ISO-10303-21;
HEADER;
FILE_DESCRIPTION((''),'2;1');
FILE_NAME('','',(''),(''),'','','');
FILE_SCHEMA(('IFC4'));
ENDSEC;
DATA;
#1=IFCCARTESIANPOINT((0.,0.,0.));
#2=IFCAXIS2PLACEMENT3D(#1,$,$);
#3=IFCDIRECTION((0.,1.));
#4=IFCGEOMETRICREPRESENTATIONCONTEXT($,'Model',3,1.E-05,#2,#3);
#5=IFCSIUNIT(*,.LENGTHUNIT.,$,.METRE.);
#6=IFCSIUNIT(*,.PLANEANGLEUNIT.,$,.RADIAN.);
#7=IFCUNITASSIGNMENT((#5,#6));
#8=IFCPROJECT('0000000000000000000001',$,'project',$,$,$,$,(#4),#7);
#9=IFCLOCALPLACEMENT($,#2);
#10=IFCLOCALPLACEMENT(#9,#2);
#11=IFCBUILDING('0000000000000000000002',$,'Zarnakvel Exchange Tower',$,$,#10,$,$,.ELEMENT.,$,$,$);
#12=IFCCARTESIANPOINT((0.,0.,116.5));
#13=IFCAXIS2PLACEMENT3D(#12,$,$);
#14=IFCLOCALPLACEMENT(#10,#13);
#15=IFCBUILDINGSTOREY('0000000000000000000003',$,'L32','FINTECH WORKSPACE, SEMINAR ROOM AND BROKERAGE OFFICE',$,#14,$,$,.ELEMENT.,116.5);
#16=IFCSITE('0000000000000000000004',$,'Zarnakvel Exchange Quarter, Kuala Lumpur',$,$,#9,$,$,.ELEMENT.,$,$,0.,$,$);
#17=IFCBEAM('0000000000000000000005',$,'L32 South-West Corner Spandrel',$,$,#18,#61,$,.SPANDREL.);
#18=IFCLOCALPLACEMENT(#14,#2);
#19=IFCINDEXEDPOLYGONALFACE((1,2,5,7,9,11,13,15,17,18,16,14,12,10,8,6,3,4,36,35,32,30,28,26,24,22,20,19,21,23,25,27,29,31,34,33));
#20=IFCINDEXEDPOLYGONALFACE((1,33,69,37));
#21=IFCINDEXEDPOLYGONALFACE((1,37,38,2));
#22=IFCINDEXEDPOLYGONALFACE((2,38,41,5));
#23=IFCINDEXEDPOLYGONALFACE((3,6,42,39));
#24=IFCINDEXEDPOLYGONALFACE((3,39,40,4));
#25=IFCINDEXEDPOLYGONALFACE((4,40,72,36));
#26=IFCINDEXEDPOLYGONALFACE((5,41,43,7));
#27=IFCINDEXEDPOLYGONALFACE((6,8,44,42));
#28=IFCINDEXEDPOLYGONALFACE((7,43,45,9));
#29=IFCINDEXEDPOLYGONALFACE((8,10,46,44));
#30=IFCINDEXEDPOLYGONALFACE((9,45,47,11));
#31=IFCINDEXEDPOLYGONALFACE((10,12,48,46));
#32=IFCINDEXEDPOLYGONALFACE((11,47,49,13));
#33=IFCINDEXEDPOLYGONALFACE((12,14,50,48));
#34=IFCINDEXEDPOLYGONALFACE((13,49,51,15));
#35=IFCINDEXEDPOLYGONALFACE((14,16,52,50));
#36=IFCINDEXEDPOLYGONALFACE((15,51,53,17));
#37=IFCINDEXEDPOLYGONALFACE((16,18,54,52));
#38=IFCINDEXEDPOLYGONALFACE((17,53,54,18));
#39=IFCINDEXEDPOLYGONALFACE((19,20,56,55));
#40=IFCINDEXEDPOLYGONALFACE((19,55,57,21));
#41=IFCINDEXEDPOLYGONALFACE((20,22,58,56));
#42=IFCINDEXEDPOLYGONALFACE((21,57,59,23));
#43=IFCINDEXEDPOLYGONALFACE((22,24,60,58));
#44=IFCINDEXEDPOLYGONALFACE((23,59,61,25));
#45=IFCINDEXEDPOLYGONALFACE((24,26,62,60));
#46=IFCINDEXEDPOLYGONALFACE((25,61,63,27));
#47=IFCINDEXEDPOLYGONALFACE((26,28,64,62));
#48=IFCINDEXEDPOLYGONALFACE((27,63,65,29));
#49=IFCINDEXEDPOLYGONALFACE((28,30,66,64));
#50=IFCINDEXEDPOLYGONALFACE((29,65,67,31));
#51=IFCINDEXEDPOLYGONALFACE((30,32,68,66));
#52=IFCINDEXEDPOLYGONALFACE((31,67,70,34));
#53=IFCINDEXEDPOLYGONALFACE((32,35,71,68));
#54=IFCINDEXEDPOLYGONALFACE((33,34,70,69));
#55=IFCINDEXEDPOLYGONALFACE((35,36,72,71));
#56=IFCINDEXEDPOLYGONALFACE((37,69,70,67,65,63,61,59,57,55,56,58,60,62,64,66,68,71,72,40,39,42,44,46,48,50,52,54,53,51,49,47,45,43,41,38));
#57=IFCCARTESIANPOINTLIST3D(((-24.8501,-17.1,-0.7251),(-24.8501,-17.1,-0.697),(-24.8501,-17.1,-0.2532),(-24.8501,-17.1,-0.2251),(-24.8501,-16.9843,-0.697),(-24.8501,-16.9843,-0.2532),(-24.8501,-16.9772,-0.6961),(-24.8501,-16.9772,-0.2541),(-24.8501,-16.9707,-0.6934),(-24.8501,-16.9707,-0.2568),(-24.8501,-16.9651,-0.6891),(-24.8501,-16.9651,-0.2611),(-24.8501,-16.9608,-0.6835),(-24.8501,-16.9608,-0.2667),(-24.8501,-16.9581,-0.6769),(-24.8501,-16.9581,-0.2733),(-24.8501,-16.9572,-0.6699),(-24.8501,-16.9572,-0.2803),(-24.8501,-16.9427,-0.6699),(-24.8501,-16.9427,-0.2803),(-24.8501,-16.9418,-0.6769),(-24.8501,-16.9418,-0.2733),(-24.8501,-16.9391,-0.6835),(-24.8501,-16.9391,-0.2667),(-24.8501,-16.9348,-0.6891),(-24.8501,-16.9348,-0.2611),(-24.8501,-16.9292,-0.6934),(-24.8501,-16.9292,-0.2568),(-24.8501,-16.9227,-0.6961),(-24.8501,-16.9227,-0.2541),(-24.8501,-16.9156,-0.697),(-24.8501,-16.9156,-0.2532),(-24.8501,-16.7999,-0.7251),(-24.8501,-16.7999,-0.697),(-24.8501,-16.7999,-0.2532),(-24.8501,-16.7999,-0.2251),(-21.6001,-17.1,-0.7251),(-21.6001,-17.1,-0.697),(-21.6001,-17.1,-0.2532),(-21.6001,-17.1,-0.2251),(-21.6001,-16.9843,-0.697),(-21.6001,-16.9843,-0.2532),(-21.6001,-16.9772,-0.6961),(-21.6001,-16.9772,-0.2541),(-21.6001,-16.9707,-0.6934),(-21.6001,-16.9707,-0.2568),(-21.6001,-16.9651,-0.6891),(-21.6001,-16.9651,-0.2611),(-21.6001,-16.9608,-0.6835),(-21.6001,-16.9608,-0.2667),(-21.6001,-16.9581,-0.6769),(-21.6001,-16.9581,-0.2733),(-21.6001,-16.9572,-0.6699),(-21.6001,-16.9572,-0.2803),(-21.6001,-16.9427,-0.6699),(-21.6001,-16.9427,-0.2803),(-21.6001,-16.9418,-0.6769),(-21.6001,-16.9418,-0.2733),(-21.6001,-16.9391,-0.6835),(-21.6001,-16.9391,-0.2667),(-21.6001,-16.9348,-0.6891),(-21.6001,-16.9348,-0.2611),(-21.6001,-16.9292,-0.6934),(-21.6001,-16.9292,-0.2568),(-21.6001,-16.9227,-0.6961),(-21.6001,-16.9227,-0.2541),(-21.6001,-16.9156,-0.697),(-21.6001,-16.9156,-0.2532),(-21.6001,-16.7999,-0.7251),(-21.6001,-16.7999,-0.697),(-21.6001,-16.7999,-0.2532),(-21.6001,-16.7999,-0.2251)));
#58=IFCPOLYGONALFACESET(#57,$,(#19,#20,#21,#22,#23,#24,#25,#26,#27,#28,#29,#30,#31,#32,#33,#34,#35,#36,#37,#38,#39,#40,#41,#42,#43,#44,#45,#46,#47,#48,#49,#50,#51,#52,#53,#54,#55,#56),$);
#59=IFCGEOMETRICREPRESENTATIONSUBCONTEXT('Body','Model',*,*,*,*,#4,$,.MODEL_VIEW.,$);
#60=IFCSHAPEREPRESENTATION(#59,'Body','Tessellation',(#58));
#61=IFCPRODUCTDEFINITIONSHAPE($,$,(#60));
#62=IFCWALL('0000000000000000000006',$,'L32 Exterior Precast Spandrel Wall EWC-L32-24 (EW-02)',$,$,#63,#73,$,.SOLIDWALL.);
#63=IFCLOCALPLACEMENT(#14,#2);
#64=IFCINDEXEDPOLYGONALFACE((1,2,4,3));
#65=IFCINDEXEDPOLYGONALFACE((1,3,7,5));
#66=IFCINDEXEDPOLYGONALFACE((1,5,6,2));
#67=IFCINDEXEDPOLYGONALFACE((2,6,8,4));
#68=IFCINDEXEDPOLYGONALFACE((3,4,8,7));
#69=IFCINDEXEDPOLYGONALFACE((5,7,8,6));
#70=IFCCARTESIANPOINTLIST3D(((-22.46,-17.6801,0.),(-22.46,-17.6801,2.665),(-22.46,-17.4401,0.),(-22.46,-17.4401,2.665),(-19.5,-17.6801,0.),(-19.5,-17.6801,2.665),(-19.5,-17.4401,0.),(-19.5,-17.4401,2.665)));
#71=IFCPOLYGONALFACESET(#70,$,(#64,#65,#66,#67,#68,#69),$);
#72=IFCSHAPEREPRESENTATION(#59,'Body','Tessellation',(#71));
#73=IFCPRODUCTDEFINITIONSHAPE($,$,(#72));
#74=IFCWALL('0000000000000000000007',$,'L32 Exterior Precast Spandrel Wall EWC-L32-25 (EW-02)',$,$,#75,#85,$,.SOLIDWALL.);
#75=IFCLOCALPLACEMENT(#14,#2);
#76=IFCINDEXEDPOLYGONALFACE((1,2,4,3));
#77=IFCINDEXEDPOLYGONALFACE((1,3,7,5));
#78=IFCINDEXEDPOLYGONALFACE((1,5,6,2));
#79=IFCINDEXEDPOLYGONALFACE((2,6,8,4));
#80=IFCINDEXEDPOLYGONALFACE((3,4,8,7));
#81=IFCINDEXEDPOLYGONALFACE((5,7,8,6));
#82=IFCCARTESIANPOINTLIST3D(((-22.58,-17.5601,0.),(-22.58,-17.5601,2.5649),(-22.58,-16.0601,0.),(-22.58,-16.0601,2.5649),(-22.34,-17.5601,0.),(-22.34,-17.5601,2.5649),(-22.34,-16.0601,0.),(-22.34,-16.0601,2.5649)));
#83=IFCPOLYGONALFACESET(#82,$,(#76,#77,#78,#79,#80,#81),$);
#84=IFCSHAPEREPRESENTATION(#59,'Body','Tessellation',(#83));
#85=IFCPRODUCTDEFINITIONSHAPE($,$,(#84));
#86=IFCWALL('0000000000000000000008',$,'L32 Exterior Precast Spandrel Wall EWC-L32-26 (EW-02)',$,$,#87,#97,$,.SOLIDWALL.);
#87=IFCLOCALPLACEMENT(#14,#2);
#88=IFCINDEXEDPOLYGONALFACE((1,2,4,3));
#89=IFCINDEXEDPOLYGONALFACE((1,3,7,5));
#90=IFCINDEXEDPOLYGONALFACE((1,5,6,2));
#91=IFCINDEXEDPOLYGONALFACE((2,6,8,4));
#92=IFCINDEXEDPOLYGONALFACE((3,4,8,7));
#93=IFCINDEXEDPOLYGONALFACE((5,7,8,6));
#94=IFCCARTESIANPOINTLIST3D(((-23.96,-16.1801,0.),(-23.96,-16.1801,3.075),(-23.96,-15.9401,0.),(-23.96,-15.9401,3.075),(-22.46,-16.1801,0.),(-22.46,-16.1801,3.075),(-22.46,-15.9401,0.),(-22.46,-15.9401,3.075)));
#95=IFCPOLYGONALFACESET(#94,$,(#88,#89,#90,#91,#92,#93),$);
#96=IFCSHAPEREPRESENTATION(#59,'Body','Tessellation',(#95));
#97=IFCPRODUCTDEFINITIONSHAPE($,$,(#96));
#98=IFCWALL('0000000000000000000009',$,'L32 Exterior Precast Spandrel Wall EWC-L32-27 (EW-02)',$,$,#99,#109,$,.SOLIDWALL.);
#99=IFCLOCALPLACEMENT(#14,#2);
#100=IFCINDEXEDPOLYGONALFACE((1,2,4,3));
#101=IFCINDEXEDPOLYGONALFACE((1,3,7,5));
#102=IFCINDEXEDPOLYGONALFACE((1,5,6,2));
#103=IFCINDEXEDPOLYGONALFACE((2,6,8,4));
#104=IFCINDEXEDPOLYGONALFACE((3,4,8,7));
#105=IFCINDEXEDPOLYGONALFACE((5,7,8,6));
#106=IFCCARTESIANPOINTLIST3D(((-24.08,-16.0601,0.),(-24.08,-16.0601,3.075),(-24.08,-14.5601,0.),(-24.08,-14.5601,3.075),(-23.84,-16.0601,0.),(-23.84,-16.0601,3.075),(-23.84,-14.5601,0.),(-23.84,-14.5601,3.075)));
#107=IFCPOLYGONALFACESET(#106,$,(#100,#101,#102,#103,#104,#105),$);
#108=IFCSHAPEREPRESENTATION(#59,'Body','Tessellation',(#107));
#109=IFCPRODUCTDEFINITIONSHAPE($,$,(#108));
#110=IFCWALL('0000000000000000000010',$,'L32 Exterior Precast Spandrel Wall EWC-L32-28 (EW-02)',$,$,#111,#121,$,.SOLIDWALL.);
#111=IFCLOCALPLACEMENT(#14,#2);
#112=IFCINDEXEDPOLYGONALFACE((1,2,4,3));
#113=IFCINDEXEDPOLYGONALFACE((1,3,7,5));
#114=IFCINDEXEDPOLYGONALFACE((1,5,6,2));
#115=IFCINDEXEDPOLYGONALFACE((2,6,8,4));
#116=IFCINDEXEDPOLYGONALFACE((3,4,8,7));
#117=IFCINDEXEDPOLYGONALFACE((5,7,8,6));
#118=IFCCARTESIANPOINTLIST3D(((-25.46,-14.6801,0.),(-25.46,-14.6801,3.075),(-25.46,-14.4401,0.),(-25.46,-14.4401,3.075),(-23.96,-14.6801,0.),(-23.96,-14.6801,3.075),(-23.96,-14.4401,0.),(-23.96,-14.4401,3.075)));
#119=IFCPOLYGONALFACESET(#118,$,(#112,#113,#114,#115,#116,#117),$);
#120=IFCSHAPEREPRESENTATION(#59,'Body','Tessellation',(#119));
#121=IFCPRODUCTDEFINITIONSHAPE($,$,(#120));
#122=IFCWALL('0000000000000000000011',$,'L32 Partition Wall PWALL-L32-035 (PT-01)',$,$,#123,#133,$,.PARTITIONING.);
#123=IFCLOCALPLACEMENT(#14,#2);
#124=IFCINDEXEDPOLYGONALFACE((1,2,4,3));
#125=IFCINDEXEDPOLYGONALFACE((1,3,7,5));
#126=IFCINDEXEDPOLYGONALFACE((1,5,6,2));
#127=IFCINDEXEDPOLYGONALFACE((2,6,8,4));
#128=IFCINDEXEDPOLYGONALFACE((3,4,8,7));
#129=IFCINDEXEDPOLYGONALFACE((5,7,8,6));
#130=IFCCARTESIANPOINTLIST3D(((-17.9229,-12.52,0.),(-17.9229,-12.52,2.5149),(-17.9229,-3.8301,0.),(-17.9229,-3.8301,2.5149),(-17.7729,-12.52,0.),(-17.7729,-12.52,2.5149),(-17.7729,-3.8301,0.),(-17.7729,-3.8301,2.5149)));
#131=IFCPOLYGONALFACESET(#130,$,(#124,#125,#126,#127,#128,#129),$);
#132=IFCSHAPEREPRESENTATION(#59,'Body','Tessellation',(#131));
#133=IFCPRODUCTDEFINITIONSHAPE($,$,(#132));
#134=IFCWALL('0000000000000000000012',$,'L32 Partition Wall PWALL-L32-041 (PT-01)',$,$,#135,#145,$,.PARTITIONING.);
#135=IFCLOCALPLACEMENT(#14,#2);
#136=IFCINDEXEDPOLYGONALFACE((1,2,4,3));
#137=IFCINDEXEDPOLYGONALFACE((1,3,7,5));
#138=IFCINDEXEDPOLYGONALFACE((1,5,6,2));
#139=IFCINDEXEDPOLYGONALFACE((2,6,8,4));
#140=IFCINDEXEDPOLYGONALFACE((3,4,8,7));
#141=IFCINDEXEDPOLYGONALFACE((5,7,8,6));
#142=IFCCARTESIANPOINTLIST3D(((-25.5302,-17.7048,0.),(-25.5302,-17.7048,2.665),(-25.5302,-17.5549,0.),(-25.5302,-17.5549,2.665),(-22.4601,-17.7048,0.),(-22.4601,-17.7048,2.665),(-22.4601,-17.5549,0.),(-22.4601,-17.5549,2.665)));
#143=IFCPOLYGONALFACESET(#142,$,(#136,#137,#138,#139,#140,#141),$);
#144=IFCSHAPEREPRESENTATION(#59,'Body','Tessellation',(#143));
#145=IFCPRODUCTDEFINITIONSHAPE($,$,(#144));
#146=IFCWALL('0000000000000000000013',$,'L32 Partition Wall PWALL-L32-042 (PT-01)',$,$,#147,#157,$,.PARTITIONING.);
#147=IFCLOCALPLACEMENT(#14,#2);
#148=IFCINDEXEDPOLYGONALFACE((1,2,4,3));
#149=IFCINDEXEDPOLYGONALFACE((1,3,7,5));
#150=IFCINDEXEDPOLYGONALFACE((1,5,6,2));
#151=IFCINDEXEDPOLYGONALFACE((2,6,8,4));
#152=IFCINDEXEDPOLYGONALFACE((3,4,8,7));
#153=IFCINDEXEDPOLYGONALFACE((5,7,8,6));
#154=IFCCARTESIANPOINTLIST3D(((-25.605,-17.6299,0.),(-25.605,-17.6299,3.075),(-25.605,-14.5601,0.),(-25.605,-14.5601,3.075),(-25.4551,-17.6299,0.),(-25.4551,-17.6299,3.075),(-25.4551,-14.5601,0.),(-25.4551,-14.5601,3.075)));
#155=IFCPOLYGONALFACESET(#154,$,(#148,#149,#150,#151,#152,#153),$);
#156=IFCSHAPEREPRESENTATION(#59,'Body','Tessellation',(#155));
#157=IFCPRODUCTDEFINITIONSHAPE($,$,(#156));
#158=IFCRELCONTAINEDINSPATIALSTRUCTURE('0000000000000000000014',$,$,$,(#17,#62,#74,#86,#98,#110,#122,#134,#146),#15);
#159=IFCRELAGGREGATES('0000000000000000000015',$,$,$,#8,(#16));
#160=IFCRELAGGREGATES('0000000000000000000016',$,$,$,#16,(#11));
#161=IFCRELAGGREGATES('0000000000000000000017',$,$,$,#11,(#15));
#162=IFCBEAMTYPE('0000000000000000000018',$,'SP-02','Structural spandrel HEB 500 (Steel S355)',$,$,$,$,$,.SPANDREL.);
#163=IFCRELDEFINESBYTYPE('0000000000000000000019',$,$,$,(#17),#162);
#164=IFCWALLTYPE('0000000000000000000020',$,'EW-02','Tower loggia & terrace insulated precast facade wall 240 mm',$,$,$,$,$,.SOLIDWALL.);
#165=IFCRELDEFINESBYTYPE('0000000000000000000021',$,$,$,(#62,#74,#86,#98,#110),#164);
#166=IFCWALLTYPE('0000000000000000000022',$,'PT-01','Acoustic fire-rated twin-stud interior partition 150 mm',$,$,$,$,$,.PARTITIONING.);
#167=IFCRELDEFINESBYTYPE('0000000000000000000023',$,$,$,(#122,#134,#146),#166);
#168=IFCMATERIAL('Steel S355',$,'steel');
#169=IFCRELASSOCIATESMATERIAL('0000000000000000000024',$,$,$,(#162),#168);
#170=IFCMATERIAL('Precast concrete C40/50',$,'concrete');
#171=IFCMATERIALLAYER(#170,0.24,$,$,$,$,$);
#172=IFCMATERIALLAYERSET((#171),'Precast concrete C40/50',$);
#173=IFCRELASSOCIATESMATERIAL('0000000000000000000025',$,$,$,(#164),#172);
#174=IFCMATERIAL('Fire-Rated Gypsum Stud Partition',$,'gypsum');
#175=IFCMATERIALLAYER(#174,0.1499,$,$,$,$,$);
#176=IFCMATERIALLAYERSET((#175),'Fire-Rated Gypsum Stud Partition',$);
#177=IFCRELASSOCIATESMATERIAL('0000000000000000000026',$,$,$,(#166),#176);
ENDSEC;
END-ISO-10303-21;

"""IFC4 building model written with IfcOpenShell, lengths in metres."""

from ifc_helpers import new_model, si_unit, direction, frame, frame_2d, origin, origin_2d, place, context, subcontext, project, spatial, rectangle, i_section, extrude, material, layer, layer_set, material_profile, profile_set, type_object, element, save


model = new_model("IFC4")

# Units and contexts
model_context = context("Model", 3, precision=1e-05, world=origin(), true_north=direction((0.0, 1.0)))
body_context = subcontext(model_context, "Body", "Model", "MODEL_VIEW")
ifc_project = project(units=[si_unit("LENGTHUNIT", "METRE"), si_unit("PLANEANGLEUNIT", "RADIAN")], contexts=[model_context])

# Site, building, storey
site_placement = place(None, origin())
site = spatial("IfcSite", under=ifc_project, at=site_placement, Name="Zarnakvel Exchange Quarter, Kuala Lumpur", CompositionType="ELEMENT", RefElevation=0.0)
building_placement = place(site_placement, origin())
building = spatial("IfcBuilding", under=site, at=building_placement, Name="Zarnakvel Exchange Tower", CompositionType="ELEMENT")
storey_placement = place(building_placement, frame((0.0, 0.0, 116.5)))
storey = spatial("IfcBuildingStorey", under=building, at=storey_placement, Name="L32", Description="FINTECH WORKSPACE, SEMINAR ROOM AND BROKERAGE OFFICE", CompositionType="ELEMENT", Elevation=116.5)

# Shared definitions
ifc_material_1 = material(Name="Steel S355", Category="steel")

# Beam
ifc_material_profile_1 = material_profile(ifc_material_1, i_section(OverallWidth=0.3, OverallDepth=0.5, WebThickness=0.0144, FlangeThickness=0.0281, FilletRadius=0.0271, at=origin_2d()))
ifc_profile_set_1 = profile_set([ifc_material_profile_1], Name="Steel S355")
beam_type_1 = type_object("IfcBeamType", Name="SP-02", Description="Structural spandrel HEB 500 (Steel S355)", PredefinedType="SPANDREL", material=ifc_profile_set_1)
beam_1_placement = place(storey_placement, frame((-24.8501, -16.95, -0.4751), z_axis=(1.0, 0.0, 0.0), x_axis=(0.0, 1.0, 0.0)))
element("IfcBeam", 1, at=beam_1_placement, inside=storey, type_object=beam_type_1, Name="L32 South-West Corner Spandrel", PredefinedType="SPANDREL", context=body_context, shape_type="SweptSolid", body=[
    extrude(i_section(OverallWidth=0.3, OverallDepth=0.5, WebThickness=0.0144, FlangeThickness=0.0281, FilletRadius=0.0271, at=origin_2d()), origin(), (0.0, 0.0, 1.0), 3.25),
])

# Walls
ifc_material_2 = material(Name="Precast concrete C40/50", Category="concrete")
ifc_layer_1 = layer(ifc_material_2, 0.24)
ifc_layer_set_1 = layer_set([ifc_layer_1], Name="Precast concrete C40/50")
wall_type_1 = type_object("IfcWallType", Name="EW-02", Description="Tower loggia & terrace insulated precast facade wall 240 mm", PredefinedType="SOLIDWALL", material=ifc_layer_set_1)
wall_1_placement = place(storey_placement, frame((-22.46, -17.5601, 0.0), z_axis=(0.0, 0.0, 1.0), x_axis=(1.0, 0.0, 0.0)))
element("IfcWall", 2, at=wall_1_placement, inside=storey, type_object=wall_type_1, Name="L32 Exterior Precast Spandrel Wall EWC-L32-24 (EW-02)", PredefinedType="SOLIDWALL", context=body_context, shape_type="SweptSolid", body=[
    extrude(rectangle(XDim=2.96, YDim=0.24, at=frame_2d((1.48, 0.0))), origin(), (0.0, 0.0, 1.0), 2.665),
])
wall_2_placement = place(storey_placement, frame((-22.46, -16.0601, 0.0), z_axis=(0.0, 0.0, 1.0), x_axis=(0.0, -1.0, 0.0)))
element("IfcWall", 3, at=wall_2_placement, inside=storey, type_object=wall_type_1, Name="L32 Exterior Precast Spandrel Wall EWC-L32-25 (EW-02)", PredefinedType="SOLIDWALL", context=body_context, shape_type="SweptSolid", body=[
    extrude(rectangle(XDim=1.5, YDim=0.24, at=frame_2d((0.75, 0.0))), origin(), (0.0, 0.0, 1.0), 2.5649),
])
for number, where, z_axis, x_axis, name in (
    (4, (-23.96, -16.0601, 0.0), (0.0, 0.0, 1.0), (1.0, 0.0, 0.0), "L32 Exterior Precast Spandrel Wall EWC-L32-26 (EW-02)"),
    (5, (-23.96, -14.5601, 0.0), (0.0, 0.0, 1.0), (0.0, -1.0, 0.0), "L32 Exterior Precast Spandrel Wall EWC-L32-27 (EW-02)"),
    (6, (-25.46, -14.5601, 0.0), (0.0, 0.0, 1.0), (1.0, 0.0, 0.0), "L32 Exterior Precast Spandrel Wall EWC-L32-28 (EW-02)"),
):
    element("IfcWall", number, at=place(storey_placement, frame(where, z_axis=z_axis, x_axis=x_axis)), inside=storey, type_object=wall_type_1, Name=name, PredefinedType="SOLIDWALL", context=body_context, shape_type="SweptSolid", body=[
        extrude(rectangle(XDim=1.5, YDim=0.24, at=frame_2d((0.75, 0.0))), origin(), (0.0, 0.0, 1.0), 3.075),
    ])
ifc_material_3 = material(Name="Fire-Rated Gypsum Stud Partition", Category="gypsum")
ifc_layer_2 = layer(ifc_material_3, 0.1499)
ifc_layer_set_2 = layer_set([ifc_layer_2], Name="Fire-Rated Gypsum Stud Partition")
wall_type_2 = type_object("IfcWallType", Name="PT-01", Description="Acoustic fire-rated twin-stud interior partition 150 mm", PredefinedType="PARTITIONING", material=ifc_layer_set_2)
wall_3_placement = place(storey_placement, frame((-17.8479, -12.52, 0.0), z_axis=(0.0, 0.0, 1.0), x_axis=(0.0, 1.0, 0.0)))
element("IfcWall", 7, at=wall_3_placement, inside=storey, type_object=wall_type_2, Name="L32 Partition Wall PWALL-L32-035 (PT-01)", PredefinedType="PARTITIONING", context=body_context, shape_type="SweptSolid", body=[
    extrude(rectangle(XDim=8.6899, YDim=0.1499, at=frame_2d((4.345, 0.0))), origin(), (0.0, 0.0, 1.0), 2.5149),
])
wall_4_placement = place(storey_placement, frame((-22.46, -17.6299, 0.0), z_axis=(0.0, 0.0, 1.0), x_axis=(-1.0, 0.0, 0.0)))
element("IfcWall", 8, at=wall_4_placement, inside=storey, type_object=wall_type_2, Name="L32 Partition Wall PWALL-L32-041 (PT-01)", PredefinedType="PARTITIONING", context=body_context, shape_type="SweptSolid", body=[
    extrude(rectangle(XDim=3.0701, YDim=0.1499, at=frame_2d((1.5352, 0.0))), origin(), (0.0, 0.0, 1.0), 2.665),
])
wall_5_placement = place(storey_placement, frame((-25.53, -17.6299, 0.0), z_axis=(0.0, 0.0, 1.0), x_axis=(0.0, 1.0, 0.0)))
element("IfcWall", 9, at=wall_5_placement, inside=storey, type_object=wall_type_2, Name="L32 Partition Wall PWALL-L32-042 (PT-01)", PredefinedType="PARTITIONING", context=body_context, shape_type="SweptSolid", body=[
    extrude(rectangle(XDim=3.0698, YDim=0.1499, at=frame_2d((1.5349, 0.0))), origin(), (0.0, 0.0, 1.0), 3.075),
])

save(model, "model.ifc")
